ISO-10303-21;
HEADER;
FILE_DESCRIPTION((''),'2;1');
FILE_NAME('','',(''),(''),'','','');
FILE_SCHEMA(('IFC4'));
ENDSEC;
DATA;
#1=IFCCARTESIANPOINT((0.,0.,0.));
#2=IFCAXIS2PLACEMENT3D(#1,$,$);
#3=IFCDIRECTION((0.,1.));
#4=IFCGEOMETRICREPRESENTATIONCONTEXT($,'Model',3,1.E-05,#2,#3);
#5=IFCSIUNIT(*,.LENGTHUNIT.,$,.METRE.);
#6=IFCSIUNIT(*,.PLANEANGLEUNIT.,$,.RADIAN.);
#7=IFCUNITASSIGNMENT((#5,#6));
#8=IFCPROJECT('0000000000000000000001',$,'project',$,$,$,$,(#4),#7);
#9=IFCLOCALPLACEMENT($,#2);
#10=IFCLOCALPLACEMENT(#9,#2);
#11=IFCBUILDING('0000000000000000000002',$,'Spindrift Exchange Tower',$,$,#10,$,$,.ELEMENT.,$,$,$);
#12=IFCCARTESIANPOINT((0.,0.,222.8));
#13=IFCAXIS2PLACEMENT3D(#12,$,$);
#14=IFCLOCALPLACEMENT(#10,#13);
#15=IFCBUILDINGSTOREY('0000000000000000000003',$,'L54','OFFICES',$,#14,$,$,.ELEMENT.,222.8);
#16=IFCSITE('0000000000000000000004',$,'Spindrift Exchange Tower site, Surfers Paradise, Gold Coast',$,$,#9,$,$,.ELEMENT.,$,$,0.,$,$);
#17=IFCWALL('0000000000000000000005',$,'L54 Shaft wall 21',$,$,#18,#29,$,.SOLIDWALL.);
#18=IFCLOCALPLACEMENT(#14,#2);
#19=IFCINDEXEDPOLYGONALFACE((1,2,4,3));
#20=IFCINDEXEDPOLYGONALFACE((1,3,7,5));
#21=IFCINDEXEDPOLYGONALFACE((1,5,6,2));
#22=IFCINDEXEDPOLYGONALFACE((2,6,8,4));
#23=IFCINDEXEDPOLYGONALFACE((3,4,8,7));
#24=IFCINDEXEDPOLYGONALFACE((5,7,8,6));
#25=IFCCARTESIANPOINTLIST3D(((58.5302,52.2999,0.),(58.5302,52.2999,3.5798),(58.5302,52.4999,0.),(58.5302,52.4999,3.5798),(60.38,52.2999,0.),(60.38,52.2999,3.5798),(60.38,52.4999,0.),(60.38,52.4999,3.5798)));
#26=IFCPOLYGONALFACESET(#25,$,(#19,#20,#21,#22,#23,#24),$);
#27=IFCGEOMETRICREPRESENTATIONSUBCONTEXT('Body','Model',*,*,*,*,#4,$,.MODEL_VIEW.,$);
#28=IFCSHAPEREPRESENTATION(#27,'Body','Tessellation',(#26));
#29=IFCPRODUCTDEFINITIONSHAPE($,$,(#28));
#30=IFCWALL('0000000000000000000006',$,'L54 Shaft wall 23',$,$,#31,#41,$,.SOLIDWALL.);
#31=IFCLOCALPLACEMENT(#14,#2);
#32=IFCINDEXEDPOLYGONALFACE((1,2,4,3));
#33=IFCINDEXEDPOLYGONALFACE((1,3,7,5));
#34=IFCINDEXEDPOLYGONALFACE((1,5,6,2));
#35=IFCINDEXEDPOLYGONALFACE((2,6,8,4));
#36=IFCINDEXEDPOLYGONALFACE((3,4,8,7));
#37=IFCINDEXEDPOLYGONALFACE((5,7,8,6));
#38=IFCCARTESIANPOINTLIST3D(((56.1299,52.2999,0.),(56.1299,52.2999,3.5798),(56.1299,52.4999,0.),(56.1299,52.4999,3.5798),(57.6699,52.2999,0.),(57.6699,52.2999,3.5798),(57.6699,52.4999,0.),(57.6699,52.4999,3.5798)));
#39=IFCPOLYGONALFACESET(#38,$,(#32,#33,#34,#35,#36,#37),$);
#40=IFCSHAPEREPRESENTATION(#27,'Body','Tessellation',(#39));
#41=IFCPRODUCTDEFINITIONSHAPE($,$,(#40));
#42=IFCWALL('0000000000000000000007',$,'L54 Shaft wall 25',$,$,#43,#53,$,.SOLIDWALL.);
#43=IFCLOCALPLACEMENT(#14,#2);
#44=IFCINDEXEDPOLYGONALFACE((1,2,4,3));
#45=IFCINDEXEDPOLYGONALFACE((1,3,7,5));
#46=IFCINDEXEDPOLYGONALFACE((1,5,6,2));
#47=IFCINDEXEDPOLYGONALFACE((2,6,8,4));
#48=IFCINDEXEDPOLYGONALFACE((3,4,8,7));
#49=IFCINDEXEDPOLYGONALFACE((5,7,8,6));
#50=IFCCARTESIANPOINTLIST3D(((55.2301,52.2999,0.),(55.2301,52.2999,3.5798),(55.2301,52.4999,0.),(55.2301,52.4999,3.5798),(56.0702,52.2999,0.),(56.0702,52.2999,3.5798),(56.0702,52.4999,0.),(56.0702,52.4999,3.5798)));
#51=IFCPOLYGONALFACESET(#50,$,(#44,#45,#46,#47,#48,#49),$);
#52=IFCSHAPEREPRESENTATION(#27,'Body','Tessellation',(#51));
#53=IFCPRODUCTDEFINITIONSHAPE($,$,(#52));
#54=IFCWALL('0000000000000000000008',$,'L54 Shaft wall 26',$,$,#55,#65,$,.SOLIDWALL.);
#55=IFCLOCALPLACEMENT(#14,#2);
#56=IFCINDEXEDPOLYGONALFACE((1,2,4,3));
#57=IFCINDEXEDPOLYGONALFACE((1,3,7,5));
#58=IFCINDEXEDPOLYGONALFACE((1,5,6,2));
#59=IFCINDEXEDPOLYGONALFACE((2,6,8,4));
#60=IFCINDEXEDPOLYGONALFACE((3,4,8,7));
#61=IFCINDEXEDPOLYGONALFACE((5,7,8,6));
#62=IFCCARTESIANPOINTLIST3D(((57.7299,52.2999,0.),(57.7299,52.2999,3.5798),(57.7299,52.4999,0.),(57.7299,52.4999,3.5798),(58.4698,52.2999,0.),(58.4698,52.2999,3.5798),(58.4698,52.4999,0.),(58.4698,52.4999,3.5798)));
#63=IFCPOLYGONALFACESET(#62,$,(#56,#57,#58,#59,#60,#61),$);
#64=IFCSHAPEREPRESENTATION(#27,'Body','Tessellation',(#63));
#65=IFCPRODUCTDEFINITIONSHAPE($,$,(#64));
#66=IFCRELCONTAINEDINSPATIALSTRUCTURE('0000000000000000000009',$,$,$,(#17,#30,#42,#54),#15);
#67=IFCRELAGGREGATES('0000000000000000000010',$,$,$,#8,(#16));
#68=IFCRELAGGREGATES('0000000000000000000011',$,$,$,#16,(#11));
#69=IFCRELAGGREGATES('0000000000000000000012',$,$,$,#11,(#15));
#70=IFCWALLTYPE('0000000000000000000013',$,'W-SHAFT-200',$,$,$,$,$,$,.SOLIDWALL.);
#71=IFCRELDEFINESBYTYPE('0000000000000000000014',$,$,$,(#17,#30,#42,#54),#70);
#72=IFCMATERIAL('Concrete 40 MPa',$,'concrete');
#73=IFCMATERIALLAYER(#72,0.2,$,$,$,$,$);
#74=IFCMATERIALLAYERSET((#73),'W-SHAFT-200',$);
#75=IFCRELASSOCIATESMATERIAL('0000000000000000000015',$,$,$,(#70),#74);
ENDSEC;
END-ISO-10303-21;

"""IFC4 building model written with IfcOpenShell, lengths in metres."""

from ifc_helpers import new_model, si_unit, direction, frame, frame_2d, origin, place, context, subcontext, project, spatial, rectangle, extrude, material, layer, layer_set, type_object, element, save


model = new_model("IFC4")

# Units and contexts
model_context = context("Model", 3, precision=1e-05, world=origin(), true_north=direction((0.0, 1.0)))
body_context = subcontext(model_context, "Body", "Model", "MODEL_VIEW")
ifc_project = project(units=[si_unit("LENGTHUNIT", "METRE"), si_unit("PLANEANGLEUNIT", "RADIAN")], contexts=[model_context])

# Site, building, storey
site_placement = place(None, origin())
site = spatial("IfcSite", under=ifc_project, at=site_placement, Name="Spindrift Exchange Tower site, Surfers Paradise, Gold Coast", CompositionType="ELEMENT", RefElevation=0.0)
building_placement = place(site_placement, origin())
building = spatial("IfcBuilding", under=site, at=building_placement, Name="Spindrift Exchange Tower", CompositionType="ELEMENT")
storey_placement = place(building_placement, frame((0.0, 0.0, 222.8)))
storey = spatial("IfcBuildingStorey", under=building, at=storey_placement, Name="L54", Description="OFFICES", CompositionType="ELEMENT", Elevation=222.8)

# Shared definitions
ifc_material_1 = material(Name="Concrete 40 MPa", Category="concrete")
ifc_layer_1 = layer(ifc_material_1, 0.2)
ifc_layer_set_1 = layer_set([ifc_layer_1], Name="W-SHAFT-200")
wall_type_1 = type_object("IfcWallType", Name="W-SHAFT-200", PredefinedType="SOLIDWALL", material=ifc_layer_set_1)

# Walls
wall_1_placement = place(storey_placement, frame((60.3799, 52.3999, 0.0), z_axis=(0.0, 0.0, 1.0), x_axis=(-1.0, 0.0, 0.0)))
element("IfcWall", 1, at=wall_1_placement, inside=storey, type_object=wall_type_1, Name="L54 Shaft wall 21", PredefinedType="SOLIDWALL", context=body_context, shape_type="SweptSolid", body=[
    extrude(rectangle(XDim=1.8499, YDim=0.2, at=frame_2d((0.9248, 0.0))), origin(), (0.0, 0.0, 1.0), 3.5798),
])
wall_2_placement = place(storey_placement, frame((57.6699, 52.3999, 0.0), z_axis=(0.0, 0.0, 1.0), x_axis=(-1.0, 0.0, 0.0)))
element("IfcWall", 2, at=wall_2_placement, inside=storey, type_object=wall_type_1, Name="L54 Shaft wall 23", PredefinedType="SOLIDWALL", context=body_context, shape_type="SweptSolid", body=[
    extrude(rectangle(XDim=1.54, YDim=0.2, at=frame_2d((0.77, 0.0))), origin(), (0.0, 0.0, 1.0), 3.5798),
])
wall_3_placement = place(storey_placement, frame((56.0701, 52.3999, 0.0), z_axis=(0.0, 0.0, 1.0), x_axis=(-1.0, 0.0, 0.0)))
element("IfcWall", 3, at=wall_3_placement, inside=storey, type_object=wall_type_1, Name="L54 Shaft wall 25", PredefinedType="SOLIDWALL", context=body_context, shape_type="SweptSolid", body=[
    extrude(rectangle(XDim=0.8401, YDim=0.2, at=frame_2d((0.4199, 0.0))), origin(), (0.0, 0.0, 1.0), 3.5798),
])
wall_4_placement = place(storey_placement, frame((58.47, 52.3999, 0.0), z_axis=(0.0, 0.0, 1.0), x_axis=(-1.0, 0.0, 0.0)))
element("IfcWall", 4, at=wall_4_placement, inside=storey, type_object=wall_type_1, Name="L54 Shaft wall 26", PredefinedType="SOLIDWALL", context=body_context, shape_type="SweptSolid", body=[
    extrude(rectangle(XDim=0.74, YDim=0.2, at=frame_2d((0.3701, 0.0))), origin(), (0.0, 0.0, 1.0), 3.5798),
])

save(model, "model.ifc")
